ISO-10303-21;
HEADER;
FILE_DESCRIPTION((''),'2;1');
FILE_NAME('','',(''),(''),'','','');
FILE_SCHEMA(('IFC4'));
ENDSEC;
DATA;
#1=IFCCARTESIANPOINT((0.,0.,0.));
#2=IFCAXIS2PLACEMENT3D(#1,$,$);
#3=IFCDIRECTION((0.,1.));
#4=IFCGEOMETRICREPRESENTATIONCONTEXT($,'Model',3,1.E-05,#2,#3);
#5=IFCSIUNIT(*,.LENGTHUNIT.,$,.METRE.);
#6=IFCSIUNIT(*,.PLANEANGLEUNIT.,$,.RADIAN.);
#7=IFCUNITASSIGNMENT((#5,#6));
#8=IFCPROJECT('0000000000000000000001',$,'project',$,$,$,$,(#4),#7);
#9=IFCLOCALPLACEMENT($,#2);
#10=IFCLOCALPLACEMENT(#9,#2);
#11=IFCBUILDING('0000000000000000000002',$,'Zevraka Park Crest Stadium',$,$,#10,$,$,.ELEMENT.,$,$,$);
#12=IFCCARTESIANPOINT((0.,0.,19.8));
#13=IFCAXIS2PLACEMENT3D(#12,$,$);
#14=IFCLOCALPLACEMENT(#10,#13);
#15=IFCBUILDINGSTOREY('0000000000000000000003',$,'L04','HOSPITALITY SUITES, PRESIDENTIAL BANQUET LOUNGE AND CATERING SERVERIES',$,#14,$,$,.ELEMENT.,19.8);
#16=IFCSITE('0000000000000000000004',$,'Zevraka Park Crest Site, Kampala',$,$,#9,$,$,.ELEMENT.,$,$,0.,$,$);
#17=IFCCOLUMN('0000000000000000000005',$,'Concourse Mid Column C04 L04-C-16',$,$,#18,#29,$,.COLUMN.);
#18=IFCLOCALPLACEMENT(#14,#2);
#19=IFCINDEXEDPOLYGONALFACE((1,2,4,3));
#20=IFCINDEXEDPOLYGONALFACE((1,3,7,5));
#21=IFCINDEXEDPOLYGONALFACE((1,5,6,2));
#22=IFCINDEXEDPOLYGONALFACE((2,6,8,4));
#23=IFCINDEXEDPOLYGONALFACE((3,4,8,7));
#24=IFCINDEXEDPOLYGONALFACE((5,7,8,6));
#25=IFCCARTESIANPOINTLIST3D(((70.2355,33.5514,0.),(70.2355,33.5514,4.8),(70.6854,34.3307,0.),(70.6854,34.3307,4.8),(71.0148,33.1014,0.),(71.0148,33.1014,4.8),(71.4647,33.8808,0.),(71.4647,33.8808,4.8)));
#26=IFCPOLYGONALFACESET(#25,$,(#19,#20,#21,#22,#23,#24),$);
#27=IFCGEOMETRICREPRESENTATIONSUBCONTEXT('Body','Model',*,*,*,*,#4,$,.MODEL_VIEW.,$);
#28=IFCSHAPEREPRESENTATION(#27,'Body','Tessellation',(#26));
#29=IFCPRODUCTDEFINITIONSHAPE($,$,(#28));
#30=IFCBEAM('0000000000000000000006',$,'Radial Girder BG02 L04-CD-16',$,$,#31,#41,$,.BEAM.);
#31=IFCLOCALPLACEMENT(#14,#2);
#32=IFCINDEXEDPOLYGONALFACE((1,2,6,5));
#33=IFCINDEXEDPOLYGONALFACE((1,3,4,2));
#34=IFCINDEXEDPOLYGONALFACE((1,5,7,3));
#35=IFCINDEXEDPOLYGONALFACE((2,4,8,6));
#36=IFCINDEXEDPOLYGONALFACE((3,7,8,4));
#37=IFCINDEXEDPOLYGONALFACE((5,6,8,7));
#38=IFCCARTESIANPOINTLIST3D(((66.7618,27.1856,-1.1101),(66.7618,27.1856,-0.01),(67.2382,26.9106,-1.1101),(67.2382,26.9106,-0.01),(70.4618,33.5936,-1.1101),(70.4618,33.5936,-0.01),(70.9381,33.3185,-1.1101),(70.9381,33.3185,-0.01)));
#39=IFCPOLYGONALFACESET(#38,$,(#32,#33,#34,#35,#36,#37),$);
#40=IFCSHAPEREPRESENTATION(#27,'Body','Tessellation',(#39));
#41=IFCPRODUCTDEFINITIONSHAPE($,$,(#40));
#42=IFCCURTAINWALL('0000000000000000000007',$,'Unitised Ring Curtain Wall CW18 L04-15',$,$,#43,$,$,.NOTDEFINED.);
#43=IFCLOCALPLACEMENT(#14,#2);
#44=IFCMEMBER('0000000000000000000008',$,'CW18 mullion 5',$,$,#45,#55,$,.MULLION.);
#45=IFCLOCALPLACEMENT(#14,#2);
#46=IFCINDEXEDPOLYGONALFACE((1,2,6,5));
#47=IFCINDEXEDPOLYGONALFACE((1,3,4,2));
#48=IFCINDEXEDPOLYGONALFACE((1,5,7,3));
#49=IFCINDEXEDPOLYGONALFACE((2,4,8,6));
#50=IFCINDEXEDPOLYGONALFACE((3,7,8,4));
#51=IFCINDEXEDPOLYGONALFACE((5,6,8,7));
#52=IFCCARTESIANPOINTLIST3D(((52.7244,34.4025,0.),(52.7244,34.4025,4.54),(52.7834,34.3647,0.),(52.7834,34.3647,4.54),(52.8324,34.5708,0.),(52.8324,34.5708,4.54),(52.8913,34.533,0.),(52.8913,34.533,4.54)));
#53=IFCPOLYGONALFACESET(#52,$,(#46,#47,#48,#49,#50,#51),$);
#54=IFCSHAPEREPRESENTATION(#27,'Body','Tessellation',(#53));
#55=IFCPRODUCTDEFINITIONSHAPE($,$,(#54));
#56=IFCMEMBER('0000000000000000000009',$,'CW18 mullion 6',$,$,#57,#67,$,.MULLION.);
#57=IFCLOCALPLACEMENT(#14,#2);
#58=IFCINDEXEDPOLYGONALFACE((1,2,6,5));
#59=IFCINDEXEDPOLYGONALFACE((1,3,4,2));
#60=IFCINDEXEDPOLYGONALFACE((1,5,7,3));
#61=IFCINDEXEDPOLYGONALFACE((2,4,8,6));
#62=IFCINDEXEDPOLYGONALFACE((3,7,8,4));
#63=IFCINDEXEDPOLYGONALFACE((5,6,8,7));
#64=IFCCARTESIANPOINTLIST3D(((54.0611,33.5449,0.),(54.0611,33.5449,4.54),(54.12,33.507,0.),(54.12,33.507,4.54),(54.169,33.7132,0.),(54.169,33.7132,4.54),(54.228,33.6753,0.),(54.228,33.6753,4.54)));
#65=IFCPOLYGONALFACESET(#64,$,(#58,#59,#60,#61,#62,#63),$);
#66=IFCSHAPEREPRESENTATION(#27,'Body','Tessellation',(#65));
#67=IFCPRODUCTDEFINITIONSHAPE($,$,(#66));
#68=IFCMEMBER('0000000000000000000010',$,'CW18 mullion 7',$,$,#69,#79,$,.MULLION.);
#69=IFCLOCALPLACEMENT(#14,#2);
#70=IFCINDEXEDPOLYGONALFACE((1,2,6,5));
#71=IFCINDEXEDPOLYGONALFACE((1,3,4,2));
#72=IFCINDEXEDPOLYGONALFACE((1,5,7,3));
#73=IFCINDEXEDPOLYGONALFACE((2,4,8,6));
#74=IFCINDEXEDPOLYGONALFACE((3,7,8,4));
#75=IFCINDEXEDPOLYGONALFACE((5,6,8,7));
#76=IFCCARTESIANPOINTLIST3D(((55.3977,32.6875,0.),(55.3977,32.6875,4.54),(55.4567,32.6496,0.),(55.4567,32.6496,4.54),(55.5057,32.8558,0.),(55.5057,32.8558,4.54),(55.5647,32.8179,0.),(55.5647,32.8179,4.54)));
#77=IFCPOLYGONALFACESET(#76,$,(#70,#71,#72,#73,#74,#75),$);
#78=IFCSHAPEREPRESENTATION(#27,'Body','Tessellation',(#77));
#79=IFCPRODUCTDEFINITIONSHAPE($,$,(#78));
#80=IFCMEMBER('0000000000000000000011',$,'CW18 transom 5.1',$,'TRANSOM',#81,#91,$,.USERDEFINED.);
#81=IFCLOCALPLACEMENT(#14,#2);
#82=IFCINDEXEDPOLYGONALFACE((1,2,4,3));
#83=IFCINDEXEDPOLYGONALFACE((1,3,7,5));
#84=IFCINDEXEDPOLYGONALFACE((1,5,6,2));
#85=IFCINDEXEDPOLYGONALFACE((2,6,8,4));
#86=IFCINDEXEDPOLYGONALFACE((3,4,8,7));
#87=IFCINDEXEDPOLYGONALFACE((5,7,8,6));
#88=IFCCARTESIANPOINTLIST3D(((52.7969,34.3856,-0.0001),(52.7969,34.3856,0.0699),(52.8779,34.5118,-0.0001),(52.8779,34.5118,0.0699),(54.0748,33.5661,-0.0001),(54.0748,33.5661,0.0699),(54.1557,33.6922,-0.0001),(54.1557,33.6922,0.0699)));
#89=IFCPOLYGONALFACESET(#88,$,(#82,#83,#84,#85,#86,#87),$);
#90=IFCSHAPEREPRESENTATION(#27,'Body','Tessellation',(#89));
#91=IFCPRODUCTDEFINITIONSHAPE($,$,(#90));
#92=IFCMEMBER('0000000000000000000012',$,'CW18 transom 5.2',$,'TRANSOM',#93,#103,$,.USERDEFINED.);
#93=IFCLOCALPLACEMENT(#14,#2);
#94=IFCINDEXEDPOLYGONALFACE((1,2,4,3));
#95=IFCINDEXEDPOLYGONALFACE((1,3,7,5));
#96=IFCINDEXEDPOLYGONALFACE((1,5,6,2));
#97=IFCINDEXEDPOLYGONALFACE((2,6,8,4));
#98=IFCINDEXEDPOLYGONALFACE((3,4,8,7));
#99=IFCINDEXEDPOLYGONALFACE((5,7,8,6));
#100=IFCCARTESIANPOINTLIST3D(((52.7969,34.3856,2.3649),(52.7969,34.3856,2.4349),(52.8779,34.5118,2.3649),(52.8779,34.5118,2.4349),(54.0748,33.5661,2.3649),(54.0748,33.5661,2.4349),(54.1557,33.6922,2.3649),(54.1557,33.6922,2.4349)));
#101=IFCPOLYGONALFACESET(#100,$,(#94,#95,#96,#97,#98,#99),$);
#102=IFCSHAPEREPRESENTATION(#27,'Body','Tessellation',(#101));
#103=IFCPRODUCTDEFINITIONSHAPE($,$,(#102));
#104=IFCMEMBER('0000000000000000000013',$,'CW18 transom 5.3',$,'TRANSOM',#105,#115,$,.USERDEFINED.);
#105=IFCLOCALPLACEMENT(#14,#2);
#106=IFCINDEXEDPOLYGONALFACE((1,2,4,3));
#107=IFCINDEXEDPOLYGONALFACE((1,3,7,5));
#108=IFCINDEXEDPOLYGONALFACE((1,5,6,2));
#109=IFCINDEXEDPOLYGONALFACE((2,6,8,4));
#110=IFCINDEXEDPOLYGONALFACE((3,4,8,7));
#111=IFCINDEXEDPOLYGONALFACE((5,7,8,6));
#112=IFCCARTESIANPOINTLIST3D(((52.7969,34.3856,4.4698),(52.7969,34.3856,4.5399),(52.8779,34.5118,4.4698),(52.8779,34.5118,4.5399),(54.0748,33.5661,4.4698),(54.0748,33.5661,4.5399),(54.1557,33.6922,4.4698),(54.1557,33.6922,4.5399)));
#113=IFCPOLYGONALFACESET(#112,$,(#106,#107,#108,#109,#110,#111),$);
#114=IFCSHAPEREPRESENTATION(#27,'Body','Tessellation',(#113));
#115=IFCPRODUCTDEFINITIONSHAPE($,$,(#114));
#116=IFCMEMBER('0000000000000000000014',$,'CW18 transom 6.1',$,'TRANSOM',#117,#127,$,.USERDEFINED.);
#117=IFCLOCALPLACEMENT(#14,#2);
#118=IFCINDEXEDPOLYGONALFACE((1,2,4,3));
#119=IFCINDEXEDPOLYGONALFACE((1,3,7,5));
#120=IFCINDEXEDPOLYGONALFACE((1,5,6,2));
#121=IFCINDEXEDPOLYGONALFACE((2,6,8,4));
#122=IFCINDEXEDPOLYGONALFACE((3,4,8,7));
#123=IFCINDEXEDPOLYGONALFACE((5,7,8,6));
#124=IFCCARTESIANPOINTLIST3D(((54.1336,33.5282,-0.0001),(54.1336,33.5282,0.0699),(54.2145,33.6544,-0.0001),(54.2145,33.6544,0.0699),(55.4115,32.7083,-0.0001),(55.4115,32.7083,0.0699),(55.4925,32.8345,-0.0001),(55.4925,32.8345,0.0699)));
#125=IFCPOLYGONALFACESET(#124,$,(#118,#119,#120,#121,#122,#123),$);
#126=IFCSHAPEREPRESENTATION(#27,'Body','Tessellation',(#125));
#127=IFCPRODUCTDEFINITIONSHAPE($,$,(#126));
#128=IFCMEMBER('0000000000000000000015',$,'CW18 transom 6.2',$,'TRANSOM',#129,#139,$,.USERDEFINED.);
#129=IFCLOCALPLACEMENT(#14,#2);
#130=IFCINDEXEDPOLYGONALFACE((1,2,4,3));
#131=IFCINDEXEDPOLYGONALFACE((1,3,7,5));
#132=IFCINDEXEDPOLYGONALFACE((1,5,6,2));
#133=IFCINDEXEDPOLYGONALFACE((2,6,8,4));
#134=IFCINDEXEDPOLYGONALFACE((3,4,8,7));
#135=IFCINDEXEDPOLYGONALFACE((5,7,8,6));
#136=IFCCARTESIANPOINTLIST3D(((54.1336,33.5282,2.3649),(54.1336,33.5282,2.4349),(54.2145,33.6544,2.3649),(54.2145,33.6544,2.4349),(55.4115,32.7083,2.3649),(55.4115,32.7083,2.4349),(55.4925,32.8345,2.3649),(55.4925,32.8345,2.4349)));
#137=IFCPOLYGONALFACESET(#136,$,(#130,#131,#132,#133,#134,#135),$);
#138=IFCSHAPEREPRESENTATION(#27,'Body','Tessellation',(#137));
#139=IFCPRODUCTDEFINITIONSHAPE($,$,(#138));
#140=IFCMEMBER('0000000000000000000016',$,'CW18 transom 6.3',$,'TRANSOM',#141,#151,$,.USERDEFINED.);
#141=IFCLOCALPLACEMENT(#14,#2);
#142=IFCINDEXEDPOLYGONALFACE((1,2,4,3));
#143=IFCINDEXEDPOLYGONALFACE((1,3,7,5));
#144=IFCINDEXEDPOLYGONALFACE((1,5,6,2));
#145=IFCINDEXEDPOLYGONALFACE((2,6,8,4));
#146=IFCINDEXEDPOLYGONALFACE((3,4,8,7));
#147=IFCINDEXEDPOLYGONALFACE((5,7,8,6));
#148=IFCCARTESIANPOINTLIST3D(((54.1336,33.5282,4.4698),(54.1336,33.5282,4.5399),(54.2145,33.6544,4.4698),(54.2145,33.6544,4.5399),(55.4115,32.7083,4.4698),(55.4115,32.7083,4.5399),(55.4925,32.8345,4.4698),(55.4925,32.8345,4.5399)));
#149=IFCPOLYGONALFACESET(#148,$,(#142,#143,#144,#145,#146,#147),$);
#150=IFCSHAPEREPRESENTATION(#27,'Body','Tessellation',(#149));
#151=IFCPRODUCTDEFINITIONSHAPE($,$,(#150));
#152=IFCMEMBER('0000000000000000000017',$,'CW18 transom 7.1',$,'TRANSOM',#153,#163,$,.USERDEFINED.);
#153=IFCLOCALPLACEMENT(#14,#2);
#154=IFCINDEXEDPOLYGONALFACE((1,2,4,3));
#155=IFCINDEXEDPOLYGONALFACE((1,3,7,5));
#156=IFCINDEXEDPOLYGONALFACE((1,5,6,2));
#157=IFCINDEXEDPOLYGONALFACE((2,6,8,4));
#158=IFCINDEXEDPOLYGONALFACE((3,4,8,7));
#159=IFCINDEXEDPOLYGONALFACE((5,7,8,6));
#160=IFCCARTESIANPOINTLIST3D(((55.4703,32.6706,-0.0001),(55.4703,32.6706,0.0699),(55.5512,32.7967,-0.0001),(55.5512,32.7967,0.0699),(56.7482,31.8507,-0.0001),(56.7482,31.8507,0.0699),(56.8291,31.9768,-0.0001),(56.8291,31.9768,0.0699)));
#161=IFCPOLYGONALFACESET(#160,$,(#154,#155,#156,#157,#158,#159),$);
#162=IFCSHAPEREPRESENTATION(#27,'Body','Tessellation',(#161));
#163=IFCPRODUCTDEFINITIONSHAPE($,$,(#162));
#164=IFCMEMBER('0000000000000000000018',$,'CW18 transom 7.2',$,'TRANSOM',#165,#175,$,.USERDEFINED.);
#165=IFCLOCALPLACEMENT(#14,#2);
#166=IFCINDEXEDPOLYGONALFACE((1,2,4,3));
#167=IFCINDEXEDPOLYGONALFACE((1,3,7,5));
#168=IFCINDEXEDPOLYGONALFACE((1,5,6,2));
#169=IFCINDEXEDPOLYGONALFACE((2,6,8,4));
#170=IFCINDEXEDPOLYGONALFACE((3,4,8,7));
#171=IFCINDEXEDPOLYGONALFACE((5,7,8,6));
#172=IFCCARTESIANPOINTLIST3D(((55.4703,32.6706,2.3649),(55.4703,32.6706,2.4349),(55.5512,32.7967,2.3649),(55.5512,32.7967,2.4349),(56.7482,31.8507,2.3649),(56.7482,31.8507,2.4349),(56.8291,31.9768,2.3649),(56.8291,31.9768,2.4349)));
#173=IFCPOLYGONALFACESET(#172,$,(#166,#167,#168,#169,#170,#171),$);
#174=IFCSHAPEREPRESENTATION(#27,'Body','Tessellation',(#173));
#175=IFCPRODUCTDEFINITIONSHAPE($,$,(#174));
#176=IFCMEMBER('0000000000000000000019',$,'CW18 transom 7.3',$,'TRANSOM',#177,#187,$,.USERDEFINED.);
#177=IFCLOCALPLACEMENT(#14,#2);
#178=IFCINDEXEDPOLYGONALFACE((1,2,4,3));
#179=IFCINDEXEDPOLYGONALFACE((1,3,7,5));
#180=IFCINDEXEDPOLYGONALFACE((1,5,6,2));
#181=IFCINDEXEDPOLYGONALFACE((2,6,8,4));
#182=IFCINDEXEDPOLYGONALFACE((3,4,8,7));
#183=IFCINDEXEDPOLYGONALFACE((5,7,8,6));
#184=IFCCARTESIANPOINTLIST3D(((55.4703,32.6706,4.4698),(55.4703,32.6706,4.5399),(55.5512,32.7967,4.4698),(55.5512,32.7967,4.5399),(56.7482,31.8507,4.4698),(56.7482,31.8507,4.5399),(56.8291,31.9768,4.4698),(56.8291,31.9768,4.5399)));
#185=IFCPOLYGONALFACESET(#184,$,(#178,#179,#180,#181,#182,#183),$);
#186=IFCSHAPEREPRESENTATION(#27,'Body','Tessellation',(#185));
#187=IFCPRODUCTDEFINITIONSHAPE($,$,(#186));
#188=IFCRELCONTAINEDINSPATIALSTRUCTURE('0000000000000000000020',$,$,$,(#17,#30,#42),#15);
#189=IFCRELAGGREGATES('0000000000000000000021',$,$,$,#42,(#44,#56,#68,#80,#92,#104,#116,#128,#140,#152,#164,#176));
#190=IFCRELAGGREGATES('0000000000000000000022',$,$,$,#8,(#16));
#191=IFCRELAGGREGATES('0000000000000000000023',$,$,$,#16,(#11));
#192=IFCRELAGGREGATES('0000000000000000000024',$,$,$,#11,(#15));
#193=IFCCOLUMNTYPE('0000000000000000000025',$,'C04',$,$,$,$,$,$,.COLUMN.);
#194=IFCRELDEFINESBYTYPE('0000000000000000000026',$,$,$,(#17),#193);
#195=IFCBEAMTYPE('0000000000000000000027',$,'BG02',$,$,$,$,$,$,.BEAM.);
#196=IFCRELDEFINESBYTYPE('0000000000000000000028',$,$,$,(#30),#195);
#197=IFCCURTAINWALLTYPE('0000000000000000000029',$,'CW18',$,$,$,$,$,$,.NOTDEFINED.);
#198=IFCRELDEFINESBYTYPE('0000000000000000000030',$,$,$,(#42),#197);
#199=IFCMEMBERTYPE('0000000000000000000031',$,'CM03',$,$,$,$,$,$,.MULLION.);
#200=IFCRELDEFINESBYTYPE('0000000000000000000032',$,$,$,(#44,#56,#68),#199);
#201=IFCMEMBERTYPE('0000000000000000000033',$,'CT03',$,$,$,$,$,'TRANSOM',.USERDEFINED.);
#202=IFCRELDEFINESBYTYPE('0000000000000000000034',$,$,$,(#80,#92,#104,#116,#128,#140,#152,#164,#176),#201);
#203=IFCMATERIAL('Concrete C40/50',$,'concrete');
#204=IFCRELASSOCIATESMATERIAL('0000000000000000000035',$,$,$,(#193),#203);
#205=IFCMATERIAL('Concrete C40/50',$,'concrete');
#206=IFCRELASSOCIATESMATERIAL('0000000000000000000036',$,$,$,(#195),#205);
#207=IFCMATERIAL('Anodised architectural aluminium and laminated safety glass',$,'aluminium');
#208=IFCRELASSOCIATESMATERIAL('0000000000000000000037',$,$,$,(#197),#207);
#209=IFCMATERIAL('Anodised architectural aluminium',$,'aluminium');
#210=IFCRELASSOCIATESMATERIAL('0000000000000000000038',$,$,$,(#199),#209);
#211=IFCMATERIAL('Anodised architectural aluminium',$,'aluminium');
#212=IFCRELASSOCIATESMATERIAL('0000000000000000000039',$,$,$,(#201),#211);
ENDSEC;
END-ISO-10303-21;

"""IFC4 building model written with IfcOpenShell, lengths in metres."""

from ifc_helpers import new_model, si_unit, direction, frame, origin, origin_2d, place, context, subcontext, project, spatial, rectangle, extrude, material, material_profile, profile_set, type_object, element, aggregate, save


model = new_model("IFC4")

# Units and contexts
model_context = context("Model", 3, precision=1e-05, world=origin(), true_north=direction((0.0, 1.0)))
body_context = subcontext(model_context, "Body", "Model", "MODEL_VIEW")
ifc_project = project(units=[si_unit("LENGTHUNIT", "METRE"), si_unit("PLANEANGLEUNIT", "RADIAN")], contexts=[model_context])

# Site, building, storey
site_placement = place(None, origin())
site = spatial("IfcSite", under=ifc_project, at=site_placement, Name="Zevraka Park Crest Site, Kampala", CompositionType="ELEMENT", RefElevation=0.0)
building_placement = place(site_placement, origin())
building = spatial("IfcBuilding", under=site, at=building_placement, Name="Zevraka Park Crest Stadium", CompositionType="ELEMENT")
storey_placement = place(building_placement, frame((0.0, 0.0, 19.8)))
storey = spatial("IfcBuildingStorey", under=building, at=storey_placement, Name="L04", Description="HOSPITALITY SUITES, PRESIDENTIAL BANQUET LOUNGE AND CATERING SERVERIES", CompositionType="ELEMENT", Elevation=19.8)

# Column
ifc_material_1 = material(Name="Concrete C40/50", Category="concrete")
ifc_material_profile_1 = material_profile(ifc_material_1, rectangle(XDim=0.8999, YDim=0.8999, at=origin_2d()), Name="RC 900x900")
ifc_profile_set_1 = profile_set([ifc_material_profile_1], Name="Concrete C40/50")
column_type = type_object("IfcColumnType", Name="C04", PredefinedType="COLUMN", material=ifc_profile_set_1)
column_placement = place(storey_placement, frame((70.8501, 33.7161, 0.0), z_axis=(0.0, 0.0, 1.0), x_axis=(0.5, 0.866025, 0.0)))
element("IfcColumn", 1, at=column_placement, inside=storey, type_object=column_type, Name="Concourse Mid Column C04 L04-C-16", PredefinedType="COLUMN", context=body_context, shape_type="SweptSolid", body=[
    extrude(rectangle(XDim=0.8999, YDim=0.8999, at=origin_2d()), origin(), (0.0, 0.0, 1.0), 4.8),
])

# Beam
ifc_material_2 = material(Name="Concrete C40/50", Category="concrete")
ifc_material_profile_2 = material_profile(ifc_material_2, rectangle(XDim=0.55, YDim=1.1001, at=origin_2d()), Name="RC 1100x550")
ifc_profile_set_2 = profile_set([ifc_material_profile_2], Name="Concrete C40/50")
beam_type_1 = type_object("IfcBeamType", Name="BG02", PredefinedType="BEAM", material=ifc_profile_set_2)
beam_1_placement = place(storey_placement, frame((70.7, 33.4561, -0.5601), z_axis=(-0.500032, -0.866007, 0.0), x_axis=(0.866007, -0.500032, 0.0)))
element("IfcBeam", 2, at=beam_1_placement, inside=storey, type_object=beam_type_1, Name="Radial Girder BG02 L04-CD-16", PredefinedType="BEAM", context=body_context, shape_type="SweptSolid", body=[
    extrude(rectangle(XDim=0.55, YDim=1.1001, at=origin_2d()), origin(), (0.0, 0.0, 1.0), 7.3994),
])

# Curtain wall, members
ifc_material_3 = material(Name="Anodised architectural aluminium and laminated safety glass", Category="aluminium")
curtain_wall_type = type_object("IfcCurtainWallType", Name="CW18", PredefinedType="NOTDEFINED", material=ifc_material_3)
curtain_wall_placement = place(storey_placement, origin())
curtain_wall = element("IfcCurtainWall", 3, at=curtain_wall_placement, inside=storey, type_object=curtain_wall_type, Name="Unitised Ring Curtain Wall CW18 L04-15", PredefinedType="NOTDEFINED")
ifc_material_4 = material(Name="Anodised architectural aluminium", Category="aluminium")
ifc_material_profile_3 = material_profile(ifc_material_4, rectangle(XDim=0.2, YDim=0.0701, at=origin_2d()), Name="ALU MULLION 200x70")
ifc_profile_set_3 = profile_set([ifc_material_profile_3], Name="Anodised architectural aluminium")
member_type_1 = type_object("IfcMemberType", Name="CM03", PredefinedType="MULLION", material=ifc_profile_set_3)
member_1_placement = place(storey_placement, frame((52.8079, 34.4678, 0.0), z_axis=(0.0, 0.0, 1.0), x_axis=(0.53998, 0.841678, 0.0)))
member_1 = element("IfcMember", 4, at=member_1_placement, type_object=member_type_1, Name="CW18 mullion 5", PredefinedType="MULLION", context=body_context, shape_type="SweptSolid", body=[
    extrude(rectangle(XDim=0.2, YDim=0.0701, at=origin_2d()), origin(), (0.0, 0.0, 1.0), 4.54),
])
member_2_placement = place(storey_placement, frame((54.1445, 33.6101, 0.0), z_axis=(0.0, 0.0, 1.0), x_axis=(0.53998, 0.841678, 0.0)))
member_2 = element("IfcMember", 5, at=member_2_placement, type_object=member_type_1, Name="CW18 mullion 6", PredefinedType="MULLION", context=body_context, shape_type="SweptSolid", body=[
    extrude(rectangle(XDim=0.2, YDim=0.0701, at=origin_2d()), origin(), (0.0, 0.0, 1.0), 4.54),
])
member_3_placement = place(storey_placement, frame((55.4812, 32.7527, 0.0), z_axis=(0.0, 0.0, 1.0), x_axis=(0.53998, 0.841678, 0.0)))
member_3 = element("IfcMember", 6, at=member_3_placement, type_object=member_type_1, Name="CW18 mullion 7", PredefinedType="MULLION", context=body_context, shape_type="SweptSolid", body=[
    extrude(rectangle(XDim=0.2, YDim=0.0701, at=origin_2d()), origin(), (0.0, 0.0, 1.0), 4.54),
])
ifc_material_5 = material(Name="Anodised architectural aluminium", Category="aluminium")
ifc_material_profile_4 = material_profile(ifc_material_5, rectangle(XDim=0.1499, YDim=0.0701, at=origin_2d()), Name="ALU TRANSOM 150x70")
ifc_profile_set_4 = profile_set([ifc_material_profile_4], Name="Anodised architectural aluminium")
member_type_2 = type_object("IfcMemberType", Name="CT03", ElementType="TRANSOM", PredefinedType="USERDEFINED", material=ifc_profile_set_4)
member_4_placement = place(storey_placement, frame((52.8374, 34.4487, 0.0349), z_axis=(0.841742, -0.539879, 0.0), x_axis=(0.539879, 0.841742, 0.0)))
member_4 = element("IfcMember", 7, at=member_4_placement, type_object=member_type_2, Name="CW18 transom 5.1", ObjectType="TRANSOM", PredefinedType="USERDEFINED", context=body_context, shape_type="SweptSolid", body=[
    extrude(rectangle(XDim=0.1499, YDim=0.0701, at=origin_2d()), origin(), (0.0, 0.0, 1.0), 1.5181),
])
member_5_placement = place(storey_placement, frame((52.8374, 34.4487, 2.3999), z_axis=(0.841742, -0.539879, 0.0), x_axis=(0.539879, 0.841742, 0.0)))
member_5 = element("IfcMember", 8, at=member_5_placement, type_object=member_type_2, Name="CW18 transom 5.2", ObjectType="TRANSOM", PredefinedType="USERDEFINED", context=body_context, shape_type="SweptSolid", body=[
    extrude(rectangle(XDim=0.1499, YDim=0.0701, at=origin_2d()), origin(), (0.0, 0.0, 1.0), 1.5181),
])
member_6_placement = place(storey_placement, frame((52.8374, 34.4487, 4.5049), z_axis=(0.841742, -0.539879, 0.0), x_axis=(0.539879, 0.841742, 0.0)))
member_6 = element("IfcMember", 9, at=member_6_placement, type_object=member_type_2, Name="CW18 transom 5.3", ObjectType="TRANSOM", PredefinedType="USERDEFINED", context=body_context, shape_type="SweptSolid", body=[
    extrude(rectangle(XDim=0.1499, YDim=0.0701, at=origin_2d()), origin(), (0.0, 0.0, 1.0), 1.5181),
])
member_7_placement = place(storey_placement, frame((54.1741, 33.5913, 0.0349), z_axis=(0.841669, -0.539993, 0.0), x_axis=(0.539993, 0.841669, 0.0)))
member_7 = element("IfcMember", 10, at=member_7_placement, type_object=member_type_2, Name="CW18 transom 6.1", ObjectType="TRANSOM", PredefinedType="USERDEFINED", context=body_context, shape_type="SweptSolid", body=[
    extrude(rectangle(XDim=0.1499, YDim=0.0701, at=origin_2d()), origin(), (0.0, 0.0, 1.0), 1.5183),
])
member_8_placement = place(storey_placement, frame((54.1741, 33.5913, 2.3999), z_axis=(0.841669, -0.539993, 0.0), x_axis=(0.539993, 0.841669, 0.0)))
member_8 = element("IfcMember", 11, at=member_8_placement, type_object=member_type_2, Name="CW18 transom 6.2", ObjectType="TRANSOM", PredefinedType="USERDEFINED", context=body_context, shape_type="SweptSolid", body=[
    extrude(rectangle(XDim=0.1499, YDim=0.0701, at=origin_2d()), origin(), (0.0, 0.0, 1.0), 1.5183),
])
member_9_placement = place(storey_placement, frame((54.1741, 33.5913, 4.5049), z_axis=(0.841669, -0.539993, 0.0), x_axis=(0.539993, 0.841669, 0.0)))
member_9 = element("IfcMember", 12, at=member_9_placement, type_object=member_type_2, Name="CW18 transom 6.3", ObjectType="TRANSOM", PredefinedType="USERDEFINED", context=body_context, shape_type="SweptSolid", body=[
    extrude(rectangle(XDim=0.1499, YDim=0.0701, at=origin_2d()), origin(), (0.0, 0.0, 1.0), 1.5183),
])
member_10_placement = place(storey_placement, frame((55.5107, 32.7336, 0.0349), z_axis=(0.841669, -0.539993, 0.0), x_axis=(0.539993, 0.841669, 0.0)))
member_10 = element("IfcMember", 13, at=member_10_placement, type_object=member_type_2, Name="CW18 transom 7.1", ObjectType="TRANSOM", PredefinedType="USERDEFINED", context=body_context, shape_type="SweptSolid", body=[
    extrude(rectangle(XDim=0.1499, YDim=0.0701, at=origin_2d()), origin(), (0.0, 0.0, 1.0), 1.5183),
])
member_11_placement = place(storey_placement, frame((55.5107, 32.7336, 2.3999), z_axis=(0.841669, -0.539993, 0.0), x_axis=(0.539993, 0.841669, 0.0)))
member_11 = element("IfcMember", 14, at=member_11_placement, type_object=member_type_2, Name="CW18 transom 7.2", ObjectType="TRANSOM", PredefinedType="USERDEFINED", context=body_context, shape_type="SweptSolid", body=[
    extrude(rectangle(XDim=0.1499, YDim=0.0701, at=origin_2d()), origin(), (0.0, 0.0, 1.0), 1.5183),
])
member_12_placement = place(storey_placement, frame((55.5107, 32.7336, 4.5049), z_axis=(0.841669, -0.539993, 0.0), x_axis=(0.539993, 0.841669, 0.0)))
member_12 = element("IfcMember", 15, at=member_12_placement, type_object=member_type_2, Name="CW18 transom 7.3", ObjectType="TRANSOM", PredefinedType="USERDEFINED", context=body_context, shape_type="SweptSolid", body=[
    extrude(rectangle(XDim=0.1499, YDim=0.0701, at=origin_2d()), origin(), (0.0, 0.0, 1.0), 1.5183),
])

aggregate(curtain_wall, [member_1, member_2, member_3, member_4, member_5, member_6, member_7, member_8, member_9, member_10, member_11, member_12])

save(model, "model.ifc")
